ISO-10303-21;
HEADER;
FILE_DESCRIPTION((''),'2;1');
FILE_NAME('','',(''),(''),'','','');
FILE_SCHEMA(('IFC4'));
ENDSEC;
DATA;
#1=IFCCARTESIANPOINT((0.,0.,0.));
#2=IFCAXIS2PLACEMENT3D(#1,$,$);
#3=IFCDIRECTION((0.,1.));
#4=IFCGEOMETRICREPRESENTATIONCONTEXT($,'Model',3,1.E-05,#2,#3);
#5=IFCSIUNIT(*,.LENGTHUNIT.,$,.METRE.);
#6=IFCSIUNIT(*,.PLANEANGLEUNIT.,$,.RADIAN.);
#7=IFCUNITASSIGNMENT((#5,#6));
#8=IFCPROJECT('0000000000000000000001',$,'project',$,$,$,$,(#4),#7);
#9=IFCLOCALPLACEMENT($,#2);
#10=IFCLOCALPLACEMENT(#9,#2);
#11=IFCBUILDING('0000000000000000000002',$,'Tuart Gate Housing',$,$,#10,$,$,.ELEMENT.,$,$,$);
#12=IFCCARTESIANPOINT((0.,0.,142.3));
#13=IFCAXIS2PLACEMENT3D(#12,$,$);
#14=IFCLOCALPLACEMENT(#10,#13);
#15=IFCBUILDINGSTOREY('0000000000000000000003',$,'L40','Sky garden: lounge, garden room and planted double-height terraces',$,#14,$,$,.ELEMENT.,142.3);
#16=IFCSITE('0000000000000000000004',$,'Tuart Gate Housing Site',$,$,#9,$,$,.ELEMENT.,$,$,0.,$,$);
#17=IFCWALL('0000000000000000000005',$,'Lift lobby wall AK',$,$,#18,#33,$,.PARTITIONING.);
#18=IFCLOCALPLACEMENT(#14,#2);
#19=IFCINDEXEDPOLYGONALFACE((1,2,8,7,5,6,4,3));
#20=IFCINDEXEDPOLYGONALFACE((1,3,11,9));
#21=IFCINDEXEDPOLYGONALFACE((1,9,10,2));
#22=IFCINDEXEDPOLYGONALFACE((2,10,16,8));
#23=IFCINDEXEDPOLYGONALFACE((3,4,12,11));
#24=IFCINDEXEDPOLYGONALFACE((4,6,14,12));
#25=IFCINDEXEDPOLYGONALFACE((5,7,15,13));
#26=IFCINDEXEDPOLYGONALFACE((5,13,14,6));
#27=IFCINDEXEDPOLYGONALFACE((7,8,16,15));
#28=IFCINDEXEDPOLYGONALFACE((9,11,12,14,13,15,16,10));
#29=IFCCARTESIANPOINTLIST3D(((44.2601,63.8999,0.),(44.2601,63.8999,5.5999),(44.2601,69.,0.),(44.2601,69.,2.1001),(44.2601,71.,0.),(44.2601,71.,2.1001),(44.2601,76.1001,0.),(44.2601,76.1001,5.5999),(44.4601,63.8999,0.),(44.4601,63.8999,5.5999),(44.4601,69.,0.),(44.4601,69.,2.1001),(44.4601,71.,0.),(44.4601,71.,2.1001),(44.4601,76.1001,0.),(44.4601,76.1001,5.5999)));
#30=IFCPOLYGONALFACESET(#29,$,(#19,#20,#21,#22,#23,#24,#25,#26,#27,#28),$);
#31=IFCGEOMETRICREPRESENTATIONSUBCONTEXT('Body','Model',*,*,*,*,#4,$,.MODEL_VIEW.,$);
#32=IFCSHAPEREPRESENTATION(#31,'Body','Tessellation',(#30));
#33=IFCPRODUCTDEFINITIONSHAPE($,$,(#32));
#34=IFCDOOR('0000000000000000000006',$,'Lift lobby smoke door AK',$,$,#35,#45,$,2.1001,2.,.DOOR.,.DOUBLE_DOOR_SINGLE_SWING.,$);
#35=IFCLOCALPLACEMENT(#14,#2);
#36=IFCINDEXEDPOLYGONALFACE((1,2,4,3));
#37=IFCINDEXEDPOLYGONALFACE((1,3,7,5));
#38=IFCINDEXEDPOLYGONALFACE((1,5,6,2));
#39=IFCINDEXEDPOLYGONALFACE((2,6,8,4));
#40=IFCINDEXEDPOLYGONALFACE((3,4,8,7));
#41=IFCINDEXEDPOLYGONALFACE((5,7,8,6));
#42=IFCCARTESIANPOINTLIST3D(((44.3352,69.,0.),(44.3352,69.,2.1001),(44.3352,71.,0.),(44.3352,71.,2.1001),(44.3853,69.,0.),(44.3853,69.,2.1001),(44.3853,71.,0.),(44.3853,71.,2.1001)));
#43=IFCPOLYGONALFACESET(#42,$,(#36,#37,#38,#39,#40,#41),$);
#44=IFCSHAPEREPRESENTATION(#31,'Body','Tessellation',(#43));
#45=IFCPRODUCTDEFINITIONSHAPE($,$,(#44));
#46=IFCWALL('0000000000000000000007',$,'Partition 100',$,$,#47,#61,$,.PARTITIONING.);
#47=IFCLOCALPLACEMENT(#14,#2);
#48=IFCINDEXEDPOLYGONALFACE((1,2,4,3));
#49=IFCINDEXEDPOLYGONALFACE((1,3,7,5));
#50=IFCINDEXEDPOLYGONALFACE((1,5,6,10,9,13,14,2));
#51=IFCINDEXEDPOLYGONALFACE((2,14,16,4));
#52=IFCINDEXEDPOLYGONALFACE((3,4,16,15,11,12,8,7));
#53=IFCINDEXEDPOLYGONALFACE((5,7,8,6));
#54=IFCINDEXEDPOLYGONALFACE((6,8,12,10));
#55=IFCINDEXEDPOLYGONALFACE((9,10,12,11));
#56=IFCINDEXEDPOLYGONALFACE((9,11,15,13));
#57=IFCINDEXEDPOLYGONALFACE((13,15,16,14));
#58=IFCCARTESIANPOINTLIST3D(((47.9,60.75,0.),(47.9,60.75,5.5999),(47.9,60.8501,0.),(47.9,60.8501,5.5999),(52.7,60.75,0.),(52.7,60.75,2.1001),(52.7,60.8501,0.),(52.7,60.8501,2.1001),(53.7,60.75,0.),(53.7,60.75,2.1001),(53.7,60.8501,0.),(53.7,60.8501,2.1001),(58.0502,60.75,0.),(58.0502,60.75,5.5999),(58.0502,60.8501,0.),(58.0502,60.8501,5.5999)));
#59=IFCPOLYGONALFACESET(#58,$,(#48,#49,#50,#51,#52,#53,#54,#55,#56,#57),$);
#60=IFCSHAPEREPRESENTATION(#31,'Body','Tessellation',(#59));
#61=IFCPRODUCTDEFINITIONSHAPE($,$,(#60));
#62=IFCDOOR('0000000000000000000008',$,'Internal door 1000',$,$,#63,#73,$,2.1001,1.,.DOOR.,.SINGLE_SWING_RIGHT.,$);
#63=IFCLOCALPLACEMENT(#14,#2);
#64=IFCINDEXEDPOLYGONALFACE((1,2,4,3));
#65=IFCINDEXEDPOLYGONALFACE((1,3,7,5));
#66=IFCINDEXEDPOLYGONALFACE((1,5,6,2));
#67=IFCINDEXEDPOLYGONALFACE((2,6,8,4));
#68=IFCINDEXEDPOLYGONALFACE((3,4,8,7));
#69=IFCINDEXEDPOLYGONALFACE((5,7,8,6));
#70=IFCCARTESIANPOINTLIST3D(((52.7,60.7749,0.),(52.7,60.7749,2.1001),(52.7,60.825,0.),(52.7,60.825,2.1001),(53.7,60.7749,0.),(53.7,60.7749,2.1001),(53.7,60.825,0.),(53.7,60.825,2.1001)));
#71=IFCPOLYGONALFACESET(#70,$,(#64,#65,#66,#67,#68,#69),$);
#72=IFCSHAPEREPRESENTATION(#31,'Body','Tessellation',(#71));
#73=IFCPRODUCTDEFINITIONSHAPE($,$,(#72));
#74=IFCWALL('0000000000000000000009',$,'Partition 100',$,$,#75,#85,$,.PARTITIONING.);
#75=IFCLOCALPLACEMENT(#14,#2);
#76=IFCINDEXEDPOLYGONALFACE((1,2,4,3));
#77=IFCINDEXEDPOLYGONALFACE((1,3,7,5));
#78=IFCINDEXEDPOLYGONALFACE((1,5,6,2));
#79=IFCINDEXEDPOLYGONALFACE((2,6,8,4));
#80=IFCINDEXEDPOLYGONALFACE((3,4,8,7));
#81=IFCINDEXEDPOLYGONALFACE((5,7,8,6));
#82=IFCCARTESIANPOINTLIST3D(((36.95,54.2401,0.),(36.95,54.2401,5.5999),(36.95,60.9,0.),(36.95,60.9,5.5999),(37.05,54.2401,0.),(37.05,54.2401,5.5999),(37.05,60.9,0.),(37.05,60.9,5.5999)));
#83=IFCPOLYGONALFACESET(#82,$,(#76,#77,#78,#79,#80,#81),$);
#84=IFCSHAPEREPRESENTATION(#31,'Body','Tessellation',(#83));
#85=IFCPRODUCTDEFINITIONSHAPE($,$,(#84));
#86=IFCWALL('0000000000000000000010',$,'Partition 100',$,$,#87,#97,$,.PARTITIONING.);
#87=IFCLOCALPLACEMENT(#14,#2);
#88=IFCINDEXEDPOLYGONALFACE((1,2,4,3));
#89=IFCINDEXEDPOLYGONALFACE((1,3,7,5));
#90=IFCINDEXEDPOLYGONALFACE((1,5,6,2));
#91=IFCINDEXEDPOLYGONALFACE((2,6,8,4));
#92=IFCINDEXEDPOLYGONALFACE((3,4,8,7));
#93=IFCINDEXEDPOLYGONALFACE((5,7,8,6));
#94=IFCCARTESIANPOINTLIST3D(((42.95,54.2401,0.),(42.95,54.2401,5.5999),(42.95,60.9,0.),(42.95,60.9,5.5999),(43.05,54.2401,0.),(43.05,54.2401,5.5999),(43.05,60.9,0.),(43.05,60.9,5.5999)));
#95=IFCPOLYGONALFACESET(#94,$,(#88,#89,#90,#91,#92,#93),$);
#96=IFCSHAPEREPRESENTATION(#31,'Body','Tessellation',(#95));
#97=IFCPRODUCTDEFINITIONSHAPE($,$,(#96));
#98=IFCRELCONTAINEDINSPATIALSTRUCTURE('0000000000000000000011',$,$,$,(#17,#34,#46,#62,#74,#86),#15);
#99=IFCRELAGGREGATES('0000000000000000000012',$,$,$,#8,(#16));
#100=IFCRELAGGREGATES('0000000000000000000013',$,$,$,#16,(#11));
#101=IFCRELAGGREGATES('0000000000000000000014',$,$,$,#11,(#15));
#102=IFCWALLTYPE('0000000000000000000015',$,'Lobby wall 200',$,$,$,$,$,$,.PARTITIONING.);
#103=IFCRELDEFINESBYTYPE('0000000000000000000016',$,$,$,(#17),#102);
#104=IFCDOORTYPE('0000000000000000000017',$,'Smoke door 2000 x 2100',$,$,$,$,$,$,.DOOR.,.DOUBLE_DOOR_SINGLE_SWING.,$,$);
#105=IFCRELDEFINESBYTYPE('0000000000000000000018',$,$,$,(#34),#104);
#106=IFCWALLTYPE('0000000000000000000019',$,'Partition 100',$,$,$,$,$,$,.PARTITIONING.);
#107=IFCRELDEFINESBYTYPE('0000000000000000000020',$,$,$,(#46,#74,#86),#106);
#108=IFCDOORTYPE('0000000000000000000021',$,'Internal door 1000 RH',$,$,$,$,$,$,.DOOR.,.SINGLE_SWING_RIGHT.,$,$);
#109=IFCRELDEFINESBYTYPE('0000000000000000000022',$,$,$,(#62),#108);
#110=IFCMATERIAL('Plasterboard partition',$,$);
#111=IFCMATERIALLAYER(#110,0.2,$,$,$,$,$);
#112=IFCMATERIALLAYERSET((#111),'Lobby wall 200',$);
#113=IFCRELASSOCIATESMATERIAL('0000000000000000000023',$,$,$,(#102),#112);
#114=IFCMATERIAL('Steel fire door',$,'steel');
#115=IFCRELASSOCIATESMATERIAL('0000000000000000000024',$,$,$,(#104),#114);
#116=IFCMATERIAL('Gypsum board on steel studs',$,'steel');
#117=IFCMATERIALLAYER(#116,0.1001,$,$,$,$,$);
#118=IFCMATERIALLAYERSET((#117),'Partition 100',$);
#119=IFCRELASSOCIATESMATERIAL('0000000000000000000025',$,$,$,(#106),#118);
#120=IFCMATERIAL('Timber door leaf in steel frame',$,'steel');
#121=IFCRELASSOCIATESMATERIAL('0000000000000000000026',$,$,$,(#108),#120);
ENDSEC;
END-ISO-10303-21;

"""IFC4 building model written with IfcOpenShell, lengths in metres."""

from ifc_helpers import new_model, si_unit, direction, frame, frame_2d, origin, place, context, subcontext, project, spatial, rectangle, extrude, material, layer, layer_set, type_object, element, fill, save


model = new_model("IFC4")

# Units and contexts
model_context = context("Model", 3, precision=1e-05, world=origin(), true_north=direction((0.0, 1.0)))
body_context = subcontext(model_context, "Body", "Model", "MODEL_VIEW")
ifc_project = project(units=[si_unit("LENGTHUNIT", "METRE"), si_unit("PLANEANGLEUNIT", "RADIAN")], contexts=[model_context])

# Site, building, storey
site_placement = place(None, origin())
site = spatial("IfcSite", under=ifc_project, at=site_placement, Name="Tuart Gate Housing Site", CompositionType="ELEMENT", RefElevation=0.0)
building_placement = place(site_placement, origin())
building = spatial("IfcBuilding", under=site, at=building_placement, Name="Tuart Gate Housing", CompositionType="ELEMENT")
storey_placement = place(building_placement, frame((0.0, 0.0, 142.3)))
storey = spatial("IfcBuildingStorey", under=building, at=storey_placement, Name="L40", Description="Sky garden: lounge, garden room and planted double-height terraces", CompositionType="ELEMENT", Elevation=142.3)

# Walls, openings, doors
ifc_material_1 = material(Name="Plasterboard partition")
ifc_layer_1 = layer(ifc_material_1, 0.2)
ifc_layer_set_1 = layer_set([ifc_layer_1], Name="Lobby wall 200")
wall_type_1 = type_object("IfcWallType", Name="Lobby wall 200", PredefinedType="PARTITIONING", material=ifc_layer_set_1)
wall_1_placement = place(storey_placement, frame((44.3601, 63.8999, 0.0), z_axis=(0.0, 0.0, 1.0), x_axis=(0.0, 1.0, 0.0)))
wall_1 = element("IfcWall", 1, at=wall_1_placement, inside=storey, type_object=wall_type_1, Name="Lift lobby wall AK", PredefinedType="PARTITIONING", context=body_context, shape_type="SweptSolid", body=[
    extrude(rectangle(XDim=12.2002, YDim=0.2, at=frame_2d((6.1001, 0.0))), origin(), (0.0, 0.0, 1.0), 5.5999),
])
opening_1_placement = place(wall_1_placement, frame((5.1001, 0.0, 0.0)))
opening_1 = element("IfcOpeningElement", 2, at=opening_1_placement, cuts=wall_1, PredefinedType="OPENING", context=body_context, shape_type="SweptSolid", body=[
    extrude(rectangle(XDim=2.0, YDim=2.1001, at=frame_2d((1.0, 1.05))), frame((0.0, 0.1099, 0.0), z_axis=(0.0, -1.0, 0.0), x_axis=(1.0, 0.0, 0.0)), (0.0, 0.0, 1.0), 0.22),
])
ifc_material_2 = material(Name="Steel fire door", Category="steel")
door_type_1 = type_object("IfcDoorType", Name="Smoke door 2000 x 2100", OperationType="DOUBLE_DOOR_SINGLE_SWING", PredefinedType="DOOR", material=ifc_material_2)
door_1_placement = place(opening_1_placement, origin())
door_1 = element("IfcDoor", 3, at=door_1_placement, inside=storey, type_object=door_type_1, Name="Lift lobby smoke door AK", OperationType="DOUBLE_DOOR_SINGLE_SWING", OverallHeight=2.1001, OverallWidth=2.0, PredefinedType="DOOR", context=body_context, shape_type="SweptSolid", body=[
    extrude(rectangle(XDim=2.0, YDim=2.1001, at=frame_2d((1.0, 1.05))), frame((0.0, 0.0249, 0.0), z_axis=(0.0, -1.0, 0.0), x_axis=(1.0, 0.0, 0.0)), (0.0, 0.0, 1.0), 0.05),
])
fill(opening_1, door_1)
ifc_material_3 = material(Name="Gypsum board on steel studs", Category="steel")
ifc_layer_2 = layer(ifc_material_3, 0.1001)
ifc_layer_set_2 = layer_set([ifc_layer_2], Name="Partition 100")
wall_type_2 = type_object("IfcWallType", Name="Partition 100", PredefinedType="PARTITIONING", material=ifc_layer_set_2)
wall_2_placement = place(storey_placement, frame((47.8999, 60.8, 0.0), z_axis=(0.0, 0.0, 1.0), x_axis=(1.0, 0.0, 0.0)))
wall_2 = element("IfcWall", 4, at=wall_2_placement, inside=storey, type_object=wall_type_2, Name="Partition 100", PredefinedType="PARTITIONING", context=body_context, shape_type="SweptSolid", body=[
    extrude(rectangle(XDim=10.1501, YDim=0.1001, at=frame_2d((5.0752, 0.0))), origin(), (0.0, 0.0, 1.0), 5.5999),
])
opening_2_placement = place(wall_2_placement, frame((4.8, 0.0, 0.0)))
opening_2 = element("IfcOpeningElement", 5, at=opening_2_placement, cuts=wall_2, PredefinedType="OPENING", context=body_context, shape_type="SweptSolid", body=[
    extrude(rectangle(XDim=1.0, YDim=2.1001, at=frame_2d((0.5, 1.05))), frame((0.0, 0.0601, 0.0), z_axis=(0.0, -1.0, 0.0), x_axis=(1.0, 0.0, 0.0)), (0.0, 0.0, 1.0), 0.1201),
])
ifc_material_4 = material(Name="Timber door leaf in steel frame", Category="steel")
door_type_2 = type_object("IfcDoorType", Name="Internal door 1000 RH", OperationType="SINGLE_SWING_RIGHT", PredefinedType="DOOR", material=ifc_material_4)
door_2_placement = place(opening_2_placement, origin())
door_2 = element("IfcDoor", 6, at=door_2_placement, inside=storey, type_object=door_type_2, Name="Internal door 1000", OperationType="SINGLE_SWING_RIGHT", OverallHeight=2.1001, OverallWidth=1.0, PredefinedType="DOOR", context=body_context, shape_type="SweptSolid", body=[
    extrude(rectangle(XDim=1.0, YDim=2.1001, at=frame_2d((0.5, 1.05))), frame((0.0, 0.0249, 0.0), z_axis=(0.0, -1.0, 0.0), x_axis=(1.0, 0.0, 0.0)), (0.0, 0.0, 1.0), 0.05),
])
fill(opening_2, door_2)

# Walls
for number, where, z_axis, x_axis, name in (
    (7, (37.0, 54.24, 0.0), (0.0, 0.0, 1.0), (0.0, 1.0, 0.0), "Partition 100"),
    (8, (43.0, 54.24, 0.0), (0.0, 0.0, 1.0), (0.0, 1.0, 0.0), "Partition 100"),
):
    element("IfcWall", number, at=place(storey_placement, frame(where, z_axis=z_axis, x_axis=x_axis)), inside=storey, type_object=wall_type_2, Name=name, PredefinedType="PARTITIONING", context=body_context, shape_type="SweptSolid", body=[
        extrude(rectangle(XDim=6.6599, YDim=0.1001, at=frame_2d((3.3301, 0.0))), origin(), (0.0, 0.0, 1.0), 5.5999),
    ])

save(model, "model.ifc")
